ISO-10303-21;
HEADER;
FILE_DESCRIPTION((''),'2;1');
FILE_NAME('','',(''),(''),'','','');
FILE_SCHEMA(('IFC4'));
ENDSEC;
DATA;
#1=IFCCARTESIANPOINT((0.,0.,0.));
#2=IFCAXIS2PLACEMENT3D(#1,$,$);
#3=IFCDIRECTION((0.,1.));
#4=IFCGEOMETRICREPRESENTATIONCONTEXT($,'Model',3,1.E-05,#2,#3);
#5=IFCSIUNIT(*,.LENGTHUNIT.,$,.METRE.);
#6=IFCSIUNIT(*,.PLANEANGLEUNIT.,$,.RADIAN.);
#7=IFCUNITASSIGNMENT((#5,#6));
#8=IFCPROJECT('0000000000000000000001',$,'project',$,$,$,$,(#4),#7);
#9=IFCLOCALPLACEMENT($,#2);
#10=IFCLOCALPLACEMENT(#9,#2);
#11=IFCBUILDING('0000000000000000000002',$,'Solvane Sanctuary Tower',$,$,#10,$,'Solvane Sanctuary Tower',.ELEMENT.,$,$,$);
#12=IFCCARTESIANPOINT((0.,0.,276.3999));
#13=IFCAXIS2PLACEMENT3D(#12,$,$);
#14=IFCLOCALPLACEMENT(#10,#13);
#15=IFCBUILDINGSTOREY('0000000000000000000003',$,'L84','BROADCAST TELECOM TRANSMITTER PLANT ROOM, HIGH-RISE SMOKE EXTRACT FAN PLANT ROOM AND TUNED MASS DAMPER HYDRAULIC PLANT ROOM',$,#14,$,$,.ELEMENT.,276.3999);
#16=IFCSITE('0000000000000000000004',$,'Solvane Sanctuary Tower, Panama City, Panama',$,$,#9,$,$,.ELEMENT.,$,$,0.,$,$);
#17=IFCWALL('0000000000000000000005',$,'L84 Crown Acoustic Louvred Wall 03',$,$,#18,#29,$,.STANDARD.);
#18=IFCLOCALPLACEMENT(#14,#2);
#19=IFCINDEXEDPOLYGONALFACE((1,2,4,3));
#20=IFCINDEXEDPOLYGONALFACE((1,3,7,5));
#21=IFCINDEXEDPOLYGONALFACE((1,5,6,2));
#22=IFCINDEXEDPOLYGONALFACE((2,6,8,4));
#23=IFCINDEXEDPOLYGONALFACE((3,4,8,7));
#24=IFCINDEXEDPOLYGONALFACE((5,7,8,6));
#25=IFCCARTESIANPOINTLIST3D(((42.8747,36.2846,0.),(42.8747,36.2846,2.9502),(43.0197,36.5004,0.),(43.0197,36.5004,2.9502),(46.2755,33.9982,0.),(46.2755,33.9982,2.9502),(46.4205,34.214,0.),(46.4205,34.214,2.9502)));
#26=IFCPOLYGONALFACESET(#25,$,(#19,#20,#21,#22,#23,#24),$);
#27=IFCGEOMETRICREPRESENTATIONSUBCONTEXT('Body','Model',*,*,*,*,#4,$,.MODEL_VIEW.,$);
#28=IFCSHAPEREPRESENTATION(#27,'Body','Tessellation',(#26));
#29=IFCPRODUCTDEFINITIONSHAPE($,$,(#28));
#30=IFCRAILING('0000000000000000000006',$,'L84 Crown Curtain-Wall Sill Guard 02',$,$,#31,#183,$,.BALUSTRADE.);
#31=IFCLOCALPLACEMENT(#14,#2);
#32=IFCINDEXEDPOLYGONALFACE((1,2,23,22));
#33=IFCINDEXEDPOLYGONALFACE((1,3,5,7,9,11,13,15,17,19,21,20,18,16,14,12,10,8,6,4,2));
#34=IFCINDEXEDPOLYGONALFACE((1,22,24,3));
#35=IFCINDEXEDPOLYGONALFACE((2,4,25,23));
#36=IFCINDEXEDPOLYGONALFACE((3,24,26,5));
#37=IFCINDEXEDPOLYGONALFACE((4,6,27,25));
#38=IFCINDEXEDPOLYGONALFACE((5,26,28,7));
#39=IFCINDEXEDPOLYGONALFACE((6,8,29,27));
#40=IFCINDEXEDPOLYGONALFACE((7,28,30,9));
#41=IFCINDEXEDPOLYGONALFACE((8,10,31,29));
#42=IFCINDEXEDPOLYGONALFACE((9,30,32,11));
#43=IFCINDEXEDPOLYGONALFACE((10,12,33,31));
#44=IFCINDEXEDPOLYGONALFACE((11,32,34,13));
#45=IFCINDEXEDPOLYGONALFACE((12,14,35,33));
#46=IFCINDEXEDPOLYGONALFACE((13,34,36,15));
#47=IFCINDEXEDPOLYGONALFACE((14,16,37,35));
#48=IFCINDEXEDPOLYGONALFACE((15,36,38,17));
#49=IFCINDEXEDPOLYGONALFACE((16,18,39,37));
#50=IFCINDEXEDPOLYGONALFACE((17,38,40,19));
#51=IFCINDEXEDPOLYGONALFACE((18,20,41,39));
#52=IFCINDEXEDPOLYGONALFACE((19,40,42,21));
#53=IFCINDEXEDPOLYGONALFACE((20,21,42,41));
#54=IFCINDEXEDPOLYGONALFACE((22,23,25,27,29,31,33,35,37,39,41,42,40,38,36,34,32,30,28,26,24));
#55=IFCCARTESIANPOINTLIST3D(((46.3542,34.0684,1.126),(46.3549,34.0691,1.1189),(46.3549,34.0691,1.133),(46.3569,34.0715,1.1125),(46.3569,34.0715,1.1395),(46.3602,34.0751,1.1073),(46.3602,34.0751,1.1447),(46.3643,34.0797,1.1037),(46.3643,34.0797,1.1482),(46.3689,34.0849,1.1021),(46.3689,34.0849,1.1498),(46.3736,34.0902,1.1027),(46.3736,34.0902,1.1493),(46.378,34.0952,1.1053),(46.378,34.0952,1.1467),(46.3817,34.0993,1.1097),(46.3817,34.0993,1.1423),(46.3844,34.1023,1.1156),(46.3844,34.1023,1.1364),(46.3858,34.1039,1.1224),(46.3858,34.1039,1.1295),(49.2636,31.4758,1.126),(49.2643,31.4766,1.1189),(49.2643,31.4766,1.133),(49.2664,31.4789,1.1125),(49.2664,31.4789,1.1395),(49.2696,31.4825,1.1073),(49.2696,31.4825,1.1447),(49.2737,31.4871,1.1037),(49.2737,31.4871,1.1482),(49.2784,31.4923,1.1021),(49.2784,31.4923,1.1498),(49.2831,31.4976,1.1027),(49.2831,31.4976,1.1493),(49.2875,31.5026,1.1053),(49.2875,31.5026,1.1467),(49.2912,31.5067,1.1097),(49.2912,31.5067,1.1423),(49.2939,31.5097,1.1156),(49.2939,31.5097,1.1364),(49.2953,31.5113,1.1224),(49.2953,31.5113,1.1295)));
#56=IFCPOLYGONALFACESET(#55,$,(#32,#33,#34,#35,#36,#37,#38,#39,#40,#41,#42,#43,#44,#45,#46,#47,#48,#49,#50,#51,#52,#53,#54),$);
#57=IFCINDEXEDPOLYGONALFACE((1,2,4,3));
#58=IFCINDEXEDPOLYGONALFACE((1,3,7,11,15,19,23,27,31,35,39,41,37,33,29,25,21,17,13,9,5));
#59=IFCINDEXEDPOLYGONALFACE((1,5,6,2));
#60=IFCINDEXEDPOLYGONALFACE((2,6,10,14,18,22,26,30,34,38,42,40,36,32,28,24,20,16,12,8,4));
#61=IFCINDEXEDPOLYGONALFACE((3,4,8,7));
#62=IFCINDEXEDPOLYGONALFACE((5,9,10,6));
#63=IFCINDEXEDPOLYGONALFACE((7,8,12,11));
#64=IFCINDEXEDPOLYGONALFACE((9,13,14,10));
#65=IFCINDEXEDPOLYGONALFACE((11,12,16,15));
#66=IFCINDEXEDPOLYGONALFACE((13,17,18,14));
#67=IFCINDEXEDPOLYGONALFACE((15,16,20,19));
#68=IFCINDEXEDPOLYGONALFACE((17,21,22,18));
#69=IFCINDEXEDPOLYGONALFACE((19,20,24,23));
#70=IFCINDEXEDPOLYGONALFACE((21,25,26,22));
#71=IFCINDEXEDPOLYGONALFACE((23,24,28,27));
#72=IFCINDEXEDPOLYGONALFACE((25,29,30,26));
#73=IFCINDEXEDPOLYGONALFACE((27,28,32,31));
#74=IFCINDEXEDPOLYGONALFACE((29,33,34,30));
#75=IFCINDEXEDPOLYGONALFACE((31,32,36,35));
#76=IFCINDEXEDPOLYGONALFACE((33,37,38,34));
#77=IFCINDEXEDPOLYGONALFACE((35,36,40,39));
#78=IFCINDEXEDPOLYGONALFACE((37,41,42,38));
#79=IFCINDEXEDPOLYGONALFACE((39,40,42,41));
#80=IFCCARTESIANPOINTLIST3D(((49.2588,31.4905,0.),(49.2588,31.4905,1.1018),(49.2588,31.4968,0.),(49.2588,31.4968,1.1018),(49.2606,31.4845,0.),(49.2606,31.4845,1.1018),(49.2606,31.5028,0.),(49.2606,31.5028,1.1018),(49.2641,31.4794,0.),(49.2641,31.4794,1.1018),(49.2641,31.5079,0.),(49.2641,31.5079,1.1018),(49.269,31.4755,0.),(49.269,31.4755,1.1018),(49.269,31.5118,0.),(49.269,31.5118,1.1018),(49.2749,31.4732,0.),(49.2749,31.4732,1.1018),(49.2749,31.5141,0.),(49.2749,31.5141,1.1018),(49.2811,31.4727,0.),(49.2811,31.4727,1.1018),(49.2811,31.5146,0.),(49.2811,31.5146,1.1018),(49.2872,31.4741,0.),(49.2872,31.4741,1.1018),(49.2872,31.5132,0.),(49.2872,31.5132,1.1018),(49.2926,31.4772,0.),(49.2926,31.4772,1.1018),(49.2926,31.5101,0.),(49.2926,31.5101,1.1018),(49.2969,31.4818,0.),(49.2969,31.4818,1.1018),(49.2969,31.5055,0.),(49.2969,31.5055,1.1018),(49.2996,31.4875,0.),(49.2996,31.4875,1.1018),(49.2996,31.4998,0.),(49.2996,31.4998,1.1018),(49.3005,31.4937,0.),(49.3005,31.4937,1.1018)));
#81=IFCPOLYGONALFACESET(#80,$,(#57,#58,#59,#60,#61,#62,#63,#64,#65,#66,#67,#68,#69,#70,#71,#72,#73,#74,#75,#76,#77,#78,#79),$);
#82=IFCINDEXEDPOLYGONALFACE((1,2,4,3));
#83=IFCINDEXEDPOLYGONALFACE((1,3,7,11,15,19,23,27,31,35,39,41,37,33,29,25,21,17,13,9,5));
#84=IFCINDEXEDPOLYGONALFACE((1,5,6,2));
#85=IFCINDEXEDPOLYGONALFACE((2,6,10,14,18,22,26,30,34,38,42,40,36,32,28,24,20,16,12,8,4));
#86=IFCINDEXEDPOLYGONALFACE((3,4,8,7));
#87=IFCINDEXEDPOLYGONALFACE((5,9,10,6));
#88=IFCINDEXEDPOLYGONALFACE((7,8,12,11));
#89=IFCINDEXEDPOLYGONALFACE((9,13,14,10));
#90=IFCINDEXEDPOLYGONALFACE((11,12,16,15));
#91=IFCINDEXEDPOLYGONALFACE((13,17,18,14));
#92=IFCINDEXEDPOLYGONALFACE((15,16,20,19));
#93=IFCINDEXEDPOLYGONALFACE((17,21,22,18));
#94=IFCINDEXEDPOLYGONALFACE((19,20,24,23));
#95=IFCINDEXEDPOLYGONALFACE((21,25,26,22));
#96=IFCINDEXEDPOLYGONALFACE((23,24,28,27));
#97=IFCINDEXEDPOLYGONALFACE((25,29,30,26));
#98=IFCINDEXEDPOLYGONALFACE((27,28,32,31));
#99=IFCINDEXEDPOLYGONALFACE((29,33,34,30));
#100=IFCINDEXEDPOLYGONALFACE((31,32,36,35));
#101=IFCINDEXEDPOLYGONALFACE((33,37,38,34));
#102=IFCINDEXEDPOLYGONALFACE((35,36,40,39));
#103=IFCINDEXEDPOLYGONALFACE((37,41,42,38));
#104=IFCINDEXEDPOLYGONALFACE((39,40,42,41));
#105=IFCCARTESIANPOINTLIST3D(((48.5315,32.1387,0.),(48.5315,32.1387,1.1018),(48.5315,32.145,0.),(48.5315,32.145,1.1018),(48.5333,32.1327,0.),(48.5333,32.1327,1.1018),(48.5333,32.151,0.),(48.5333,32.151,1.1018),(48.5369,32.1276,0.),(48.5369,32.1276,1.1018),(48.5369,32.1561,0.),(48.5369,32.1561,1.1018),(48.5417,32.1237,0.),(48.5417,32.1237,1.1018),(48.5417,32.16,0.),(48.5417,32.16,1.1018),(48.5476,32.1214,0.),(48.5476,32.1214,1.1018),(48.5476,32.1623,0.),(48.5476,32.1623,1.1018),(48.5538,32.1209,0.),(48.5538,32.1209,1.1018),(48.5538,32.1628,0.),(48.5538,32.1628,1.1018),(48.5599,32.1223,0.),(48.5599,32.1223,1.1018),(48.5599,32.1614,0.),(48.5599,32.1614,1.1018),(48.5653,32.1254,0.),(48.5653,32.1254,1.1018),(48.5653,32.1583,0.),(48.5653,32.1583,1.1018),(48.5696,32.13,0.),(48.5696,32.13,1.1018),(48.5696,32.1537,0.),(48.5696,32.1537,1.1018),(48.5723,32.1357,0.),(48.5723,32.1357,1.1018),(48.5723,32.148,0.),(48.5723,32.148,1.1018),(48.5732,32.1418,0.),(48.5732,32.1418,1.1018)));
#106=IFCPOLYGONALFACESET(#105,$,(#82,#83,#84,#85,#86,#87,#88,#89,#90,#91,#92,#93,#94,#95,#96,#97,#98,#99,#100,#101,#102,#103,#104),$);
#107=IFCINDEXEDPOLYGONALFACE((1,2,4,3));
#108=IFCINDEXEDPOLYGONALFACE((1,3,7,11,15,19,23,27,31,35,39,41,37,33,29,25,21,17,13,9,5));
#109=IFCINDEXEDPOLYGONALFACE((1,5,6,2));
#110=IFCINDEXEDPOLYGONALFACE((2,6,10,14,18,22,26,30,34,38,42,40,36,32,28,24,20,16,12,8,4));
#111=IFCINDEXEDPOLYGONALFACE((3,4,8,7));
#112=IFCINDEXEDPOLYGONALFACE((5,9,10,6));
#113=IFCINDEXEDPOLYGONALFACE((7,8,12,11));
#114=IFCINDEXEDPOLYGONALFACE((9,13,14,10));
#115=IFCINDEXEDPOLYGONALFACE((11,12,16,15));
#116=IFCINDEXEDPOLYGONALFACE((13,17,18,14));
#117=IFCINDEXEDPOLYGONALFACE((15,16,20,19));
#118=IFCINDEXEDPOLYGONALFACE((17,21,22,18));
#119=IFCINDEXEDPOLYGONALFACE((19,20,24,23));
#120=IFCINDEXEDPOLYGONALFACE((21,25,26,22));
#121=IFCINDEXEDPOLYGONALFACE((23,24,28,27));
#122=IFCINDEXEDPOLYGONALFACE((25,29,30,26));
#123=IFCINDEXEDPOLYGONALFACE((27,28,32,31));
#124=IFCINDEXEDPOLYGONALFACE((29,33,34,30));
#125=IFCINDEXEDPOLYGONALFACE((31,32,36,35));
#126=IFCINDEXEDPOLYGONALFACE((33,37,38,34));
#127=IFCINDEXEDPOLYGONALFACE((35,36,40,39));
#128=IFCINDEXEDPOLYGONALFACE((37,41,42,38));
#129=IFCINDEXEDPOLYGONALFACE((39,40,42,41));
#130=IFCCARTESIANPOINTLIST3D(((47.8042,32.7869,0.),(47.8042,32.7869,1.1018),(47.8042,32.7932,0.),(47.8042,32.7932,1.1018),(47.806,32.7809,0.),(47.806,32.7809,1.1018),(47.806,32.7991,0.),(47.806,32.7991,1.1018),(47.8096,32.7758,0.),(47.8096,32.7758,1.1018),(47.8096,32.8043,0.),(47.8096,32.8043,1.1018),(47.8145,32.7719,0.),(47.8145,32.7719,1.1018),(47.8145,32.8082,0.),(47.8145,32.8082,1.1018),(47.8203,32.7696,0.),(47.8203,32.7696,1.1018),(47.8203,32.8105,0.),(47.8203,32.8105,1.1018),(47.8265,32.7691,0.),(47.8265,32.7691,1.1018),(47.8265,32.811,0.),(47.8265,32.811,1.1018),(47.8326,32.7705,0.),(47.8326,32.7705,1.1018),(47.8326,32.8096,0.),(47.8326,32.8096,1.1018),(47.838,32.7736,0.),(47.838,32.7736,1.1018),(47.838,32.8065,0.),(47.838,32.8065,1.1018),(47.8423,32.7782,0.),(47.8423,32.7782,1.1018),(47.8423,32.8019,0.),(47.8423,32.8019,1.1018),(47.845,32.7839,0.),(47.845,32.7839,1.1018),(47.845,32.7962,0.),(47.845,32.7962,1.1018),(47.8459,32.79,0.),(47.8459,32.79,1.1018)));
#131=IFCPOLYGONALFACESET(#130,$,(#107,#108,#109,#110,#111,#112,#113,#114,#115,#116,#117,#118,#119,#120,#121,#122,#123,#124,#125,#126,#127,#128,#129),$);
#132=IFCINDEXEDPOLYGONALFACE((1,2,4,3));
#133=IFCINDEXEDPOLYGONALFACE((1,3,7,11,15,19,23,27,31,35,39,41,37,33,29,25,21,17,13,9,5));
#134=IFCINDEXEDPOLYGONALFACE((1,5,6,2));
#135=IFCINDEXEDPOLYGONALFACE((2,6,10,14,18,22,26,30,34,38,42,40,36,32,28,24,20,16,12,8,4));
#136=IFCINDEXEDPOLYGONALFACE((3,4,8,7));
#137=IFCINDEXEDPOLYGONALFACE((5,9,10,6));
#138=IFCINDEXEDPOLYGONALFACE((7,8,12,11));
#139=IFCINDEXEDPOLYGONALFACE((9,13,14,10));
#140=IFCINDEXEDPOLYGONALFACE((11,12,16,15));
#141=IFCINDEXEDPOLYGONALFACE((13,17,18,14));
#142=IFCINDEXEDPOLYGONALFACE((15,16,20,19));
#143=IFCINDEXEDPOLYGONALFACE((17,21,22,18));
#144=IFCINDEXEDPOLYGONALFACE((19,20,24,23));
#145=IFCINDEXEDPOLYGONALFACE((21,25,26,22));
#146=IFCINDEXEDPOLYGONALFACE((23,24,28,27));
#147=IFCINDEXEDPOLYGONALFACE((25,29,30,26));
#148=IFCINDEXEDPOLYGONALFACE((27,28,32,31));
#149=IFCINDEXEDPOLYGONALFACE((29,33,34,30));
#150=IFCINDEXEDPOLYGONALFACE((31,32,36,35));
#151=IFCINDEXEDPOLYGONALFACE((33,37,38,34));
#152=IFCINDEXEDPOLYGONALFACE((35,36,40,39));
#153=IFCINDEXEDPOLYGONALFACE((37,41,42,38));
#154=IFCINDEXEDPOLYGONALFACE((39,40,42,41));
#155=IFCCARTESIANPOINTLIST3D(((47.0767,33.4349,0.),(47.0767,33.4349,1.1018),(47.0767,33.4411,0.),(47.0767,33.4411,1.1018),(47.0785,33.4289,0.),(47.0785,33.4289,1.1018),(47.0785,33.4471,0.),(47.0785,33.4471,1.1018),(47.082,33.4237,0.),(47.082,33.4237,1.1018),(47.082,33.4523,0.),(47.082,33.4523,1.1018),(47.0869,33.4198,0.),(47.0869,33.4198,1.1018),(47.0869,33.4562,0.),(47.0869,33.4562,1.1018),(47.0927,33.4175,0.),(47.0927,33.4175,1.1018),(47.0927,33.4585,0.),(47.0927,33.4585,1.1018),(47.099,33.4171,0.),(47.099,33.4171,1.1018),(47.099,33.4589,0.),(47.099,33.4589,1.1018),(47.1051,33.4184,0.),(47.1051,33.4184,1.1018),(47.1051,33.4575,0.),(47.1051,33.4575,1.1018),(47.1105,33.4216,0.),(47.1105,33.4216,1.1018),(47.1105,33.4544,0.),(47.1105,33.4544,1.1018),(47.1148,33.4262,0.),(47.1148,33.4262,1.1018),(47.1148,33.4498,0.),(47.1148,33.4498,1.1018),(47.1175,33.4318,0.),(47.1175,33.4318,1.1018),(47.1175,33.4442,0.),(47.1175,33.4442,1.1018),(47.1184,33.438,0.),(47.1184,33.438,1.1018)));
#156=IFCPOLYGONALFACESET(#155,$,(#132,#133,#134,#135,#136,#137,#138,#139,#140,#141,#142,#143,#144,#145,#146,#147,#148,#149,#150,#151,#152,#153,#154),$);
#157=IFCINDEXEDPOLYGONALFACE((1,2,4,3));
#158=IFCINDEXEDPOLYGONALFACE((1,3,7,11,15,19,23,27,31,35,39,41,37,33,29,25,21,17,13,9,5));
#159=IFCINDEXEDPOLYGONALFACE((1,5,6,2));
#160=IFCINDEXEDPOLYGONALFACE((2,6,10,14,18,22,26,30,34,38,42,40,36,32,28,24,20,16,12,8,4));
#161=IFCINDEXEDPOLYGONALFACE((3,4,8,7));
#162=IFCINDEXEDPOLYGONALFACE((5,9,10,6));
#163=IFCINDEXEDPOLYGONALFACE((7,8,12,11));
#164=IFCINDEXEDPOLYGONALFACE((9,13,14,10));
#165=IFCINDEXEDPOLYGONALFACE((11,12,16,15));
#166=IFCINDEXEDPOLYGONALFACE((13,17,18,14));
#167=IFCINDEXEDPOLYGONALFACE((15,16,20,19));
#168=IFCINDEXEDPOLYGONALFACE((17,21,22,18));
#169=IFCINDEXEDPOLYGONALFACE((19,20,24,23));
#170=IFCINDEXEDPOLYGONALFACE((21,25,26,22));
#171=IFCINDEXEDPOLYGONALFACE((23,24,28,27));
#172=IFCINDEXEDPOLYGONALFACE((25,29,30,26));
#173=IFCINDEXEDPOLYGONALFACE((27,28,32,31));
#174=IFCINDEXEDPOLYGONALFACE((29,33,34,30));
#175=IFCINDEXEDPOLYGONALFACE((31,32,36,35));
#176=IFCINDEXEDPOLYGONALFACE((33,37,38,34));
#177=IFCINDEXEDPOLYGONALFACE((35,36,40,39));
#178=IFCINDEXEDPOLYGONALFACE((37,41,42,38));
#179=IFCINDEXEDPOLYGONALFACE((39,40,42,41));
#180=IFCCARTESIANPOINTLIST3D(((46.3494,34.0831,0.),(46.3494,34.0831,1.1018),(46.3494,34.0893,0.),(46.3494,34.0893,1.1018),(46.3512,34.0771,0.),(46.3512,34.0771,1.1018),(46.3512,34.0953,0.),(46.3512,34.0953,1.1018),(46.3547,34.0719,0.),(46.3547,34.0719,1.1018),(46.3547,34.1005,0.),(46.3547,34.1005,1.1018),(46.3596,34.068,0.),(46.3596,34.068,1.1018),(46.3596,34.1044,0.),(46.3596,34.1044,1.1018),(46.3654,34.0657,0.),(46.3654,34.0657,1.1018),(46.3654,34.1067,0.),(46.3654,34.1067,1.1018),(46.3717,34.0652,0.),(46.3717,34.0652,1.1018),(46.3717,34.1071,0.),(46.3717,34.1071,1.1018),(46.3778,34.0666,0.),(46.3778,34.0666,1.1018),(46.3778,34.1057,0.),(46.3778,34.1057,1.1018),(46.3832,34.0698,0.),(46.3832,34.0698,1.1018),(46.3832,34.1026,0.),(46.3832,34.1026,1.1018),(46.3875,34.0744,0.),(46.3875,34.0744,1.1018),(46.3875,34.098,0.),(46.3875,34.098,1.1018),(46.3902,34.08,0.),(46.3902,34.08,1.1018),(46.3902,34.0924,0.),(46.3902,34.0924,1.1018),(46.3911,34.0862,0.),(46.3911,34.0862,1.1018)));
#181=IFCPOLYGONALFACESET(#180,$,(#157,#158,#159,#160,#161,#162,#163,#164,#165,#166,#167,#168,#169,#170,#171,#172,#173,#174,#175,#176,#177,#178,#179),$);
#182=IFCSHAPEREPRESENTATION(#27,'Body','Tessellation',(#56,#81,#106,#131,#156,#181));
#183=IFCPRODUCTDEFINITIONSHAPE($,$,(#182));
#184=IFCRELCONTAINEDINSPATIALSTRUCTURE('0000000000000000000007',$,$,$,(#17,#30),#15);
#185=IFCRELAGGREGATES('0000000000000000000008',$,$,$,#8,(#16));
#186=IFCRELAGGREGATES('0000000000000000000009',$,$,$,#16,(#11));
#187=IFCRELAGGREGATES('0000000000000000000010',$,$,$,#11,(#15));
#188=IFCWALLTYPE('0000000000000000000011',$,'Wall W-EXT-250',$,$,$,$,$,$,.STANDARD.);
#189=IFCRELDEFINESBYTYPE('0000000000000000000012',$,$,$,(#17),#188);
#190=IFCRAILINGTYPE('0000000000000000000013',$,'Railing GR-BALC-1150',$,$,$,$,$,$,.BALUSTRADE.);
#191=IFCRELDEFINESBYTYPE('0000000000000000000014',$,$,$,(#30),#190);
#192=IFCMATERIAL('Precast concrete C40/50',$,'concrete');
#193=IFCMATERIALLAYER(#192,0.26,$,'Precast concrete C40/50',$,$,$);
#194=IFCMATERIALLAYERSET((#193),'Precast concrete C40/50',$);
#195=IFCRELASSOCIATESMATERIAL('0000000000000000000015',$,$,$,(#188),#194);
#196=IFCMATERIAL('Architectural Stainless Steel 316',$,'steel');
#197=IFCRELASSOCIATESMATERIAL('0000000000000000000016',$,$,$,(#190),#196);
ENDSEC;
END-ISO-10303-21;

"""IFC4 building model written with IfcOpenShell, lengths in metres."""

from ifc_helpers import new_model, si_unit, direction, frame, frame_2d, origin, origin_2d, place, context, subcontext, project, spatial, rectangle, circle, extrude, material, layer, layer_set, type_object, element, save


model = new_model("IFC4")

# Units and contexts
model_context = context("Model", 3, precision=1e-05, world=origin(), true_north=direction((0.0, 1.0)))
body_context = subcontext(model_context, "Body", "Model", "MODEL_VIEW")
ifc_project = project(units=[si_unit("LENGTHUNIT", "METRE"), si_unit("PLANEANGLEUNIT", "RADIAN")], contexts=[model_context])

# Site, building, storey
site_placement = place(None, origin())
site = spatial("IfcSite", under=ifc_project, at=site_placement, Name="Solvane Sanctuary Tower, Panama City, Panama", CompositionType="ELEMENT", RefElevation=0.0)
building_placement = place(site_placement, origin())
building = spatial("IfcBuilding", under=site, at=building_placement, Name="Solvane Sanctuary Tower", LongName="Solvane Sanctuary Tower", CompositionType="ELEMENT")
storey_placement = place(building_placement, frame((0.0, 0.0, 276.3999)))
storey = spatial("IfcBuildingStorey", under=building, at=storey_placement, Name="L84", Description="BROADCAST TELECOM TRANSMITTER PLANT ROOM, HIGH-RISE SMOKE EXTRACT FAN PLANT ROOM AND TUNED MASS DAMPER HYDRAULIC PLANT ROOM", CompositionType="ELEMENT", Elevation=276.3999)

# Wall
ifc_material_1 = material(Name="Precast concrete C40/50", Category="concrete")
ifc_layer_1 = layer(ifc_material_1, 0.26, Name="Precast concrete C40/50")
ifc_layer_set_1 = layer_set([ifc_layer_1], Name="Precast concrete C40/50")
wall_type = type_object("IfcWallType", Name="Wall W-EXT-250", PredefinedType="STANDARD", material=ifc_layer_set_1)
wall_placement = place(storey_placement, frame((46.3479, 34.1062, 0.0), z_axis=(0.0, 0.0, 1.0), x_axis=(-0.82989, 0.557927, 0.0)))
element("IfcWall", 1, at=wall_placement, inside=storey, type_object=wall_type, Name="L84 Crown Acoustic Louvred Wall 03", PredefinedType="STANDARD", context=body_context, shape_type="SweptSolid", body=[
    extrude(rectangle(XDim=4.0979, YDim=0.26, at=frame_2d((2.0488, 0.0))), origin(), (0.0, 0.0, 1.0), 2.9502),
])

# Railing
ifc_material_2 = material(Name="Architectural Stainless Steel 316", Category="steel")
railing_type = type_object("IfcRailingType", Name="Railing GR-BALC-1150", PredefinedType="BALUSTRADE", material=ifc_material_2)
railing_1_placement = place(storey_placement, frame((49.2795, 31.4937, 0.0)))
element("IfcRailing", 2, at=railing_1_placement, inside=storey, type_object=railing_type, Name="L84 Crown Curtain-Wall Sill Guard 02", PredefinedType="BALUSTRADE", context=body_context, shape_type="SweptSolid", body=[
    extrude(circle(Radius=0.0239, at=origin_2d()), frame((0.0, 0.0, 1.126), z_axis=(-0.746596, 0.665277, 0.0), x_axis=(-0.665277, -0.746596, 0.0)), (0.0, 0.0, 1.0), 3.897),
    extrude(circle(Radius=0.021, at=origin_2d()), origin(), (0.0, 0.0, 1.0), 1.1018),
    extrude(circle(Radius=0.021, at=origin_2d()), frame((-0.7273, 0.6482, 0.0)), (0.0, 0.0, 1.0), 1.1018),
    extrude(circle(Radius=0.021, at=origin_2d()), frame((-1.4546, 1.2964, 0.0)), (0.0, 0.0, 1.0), 1.1018),
    extrude(circle(Radius=0.021, at=origin_2d()), frame((-2.1821, 1.9443, 0.0)), (0.0, 0.0, 1.0), 1.1018),
    extrude(circle(Radius=0.021, at=origin_2d()), frame((-2.9094, 2.5925, 0.0)), (0.0, 0.0, 1.0), 1.1018),
])

save(model, "model.ifc")
